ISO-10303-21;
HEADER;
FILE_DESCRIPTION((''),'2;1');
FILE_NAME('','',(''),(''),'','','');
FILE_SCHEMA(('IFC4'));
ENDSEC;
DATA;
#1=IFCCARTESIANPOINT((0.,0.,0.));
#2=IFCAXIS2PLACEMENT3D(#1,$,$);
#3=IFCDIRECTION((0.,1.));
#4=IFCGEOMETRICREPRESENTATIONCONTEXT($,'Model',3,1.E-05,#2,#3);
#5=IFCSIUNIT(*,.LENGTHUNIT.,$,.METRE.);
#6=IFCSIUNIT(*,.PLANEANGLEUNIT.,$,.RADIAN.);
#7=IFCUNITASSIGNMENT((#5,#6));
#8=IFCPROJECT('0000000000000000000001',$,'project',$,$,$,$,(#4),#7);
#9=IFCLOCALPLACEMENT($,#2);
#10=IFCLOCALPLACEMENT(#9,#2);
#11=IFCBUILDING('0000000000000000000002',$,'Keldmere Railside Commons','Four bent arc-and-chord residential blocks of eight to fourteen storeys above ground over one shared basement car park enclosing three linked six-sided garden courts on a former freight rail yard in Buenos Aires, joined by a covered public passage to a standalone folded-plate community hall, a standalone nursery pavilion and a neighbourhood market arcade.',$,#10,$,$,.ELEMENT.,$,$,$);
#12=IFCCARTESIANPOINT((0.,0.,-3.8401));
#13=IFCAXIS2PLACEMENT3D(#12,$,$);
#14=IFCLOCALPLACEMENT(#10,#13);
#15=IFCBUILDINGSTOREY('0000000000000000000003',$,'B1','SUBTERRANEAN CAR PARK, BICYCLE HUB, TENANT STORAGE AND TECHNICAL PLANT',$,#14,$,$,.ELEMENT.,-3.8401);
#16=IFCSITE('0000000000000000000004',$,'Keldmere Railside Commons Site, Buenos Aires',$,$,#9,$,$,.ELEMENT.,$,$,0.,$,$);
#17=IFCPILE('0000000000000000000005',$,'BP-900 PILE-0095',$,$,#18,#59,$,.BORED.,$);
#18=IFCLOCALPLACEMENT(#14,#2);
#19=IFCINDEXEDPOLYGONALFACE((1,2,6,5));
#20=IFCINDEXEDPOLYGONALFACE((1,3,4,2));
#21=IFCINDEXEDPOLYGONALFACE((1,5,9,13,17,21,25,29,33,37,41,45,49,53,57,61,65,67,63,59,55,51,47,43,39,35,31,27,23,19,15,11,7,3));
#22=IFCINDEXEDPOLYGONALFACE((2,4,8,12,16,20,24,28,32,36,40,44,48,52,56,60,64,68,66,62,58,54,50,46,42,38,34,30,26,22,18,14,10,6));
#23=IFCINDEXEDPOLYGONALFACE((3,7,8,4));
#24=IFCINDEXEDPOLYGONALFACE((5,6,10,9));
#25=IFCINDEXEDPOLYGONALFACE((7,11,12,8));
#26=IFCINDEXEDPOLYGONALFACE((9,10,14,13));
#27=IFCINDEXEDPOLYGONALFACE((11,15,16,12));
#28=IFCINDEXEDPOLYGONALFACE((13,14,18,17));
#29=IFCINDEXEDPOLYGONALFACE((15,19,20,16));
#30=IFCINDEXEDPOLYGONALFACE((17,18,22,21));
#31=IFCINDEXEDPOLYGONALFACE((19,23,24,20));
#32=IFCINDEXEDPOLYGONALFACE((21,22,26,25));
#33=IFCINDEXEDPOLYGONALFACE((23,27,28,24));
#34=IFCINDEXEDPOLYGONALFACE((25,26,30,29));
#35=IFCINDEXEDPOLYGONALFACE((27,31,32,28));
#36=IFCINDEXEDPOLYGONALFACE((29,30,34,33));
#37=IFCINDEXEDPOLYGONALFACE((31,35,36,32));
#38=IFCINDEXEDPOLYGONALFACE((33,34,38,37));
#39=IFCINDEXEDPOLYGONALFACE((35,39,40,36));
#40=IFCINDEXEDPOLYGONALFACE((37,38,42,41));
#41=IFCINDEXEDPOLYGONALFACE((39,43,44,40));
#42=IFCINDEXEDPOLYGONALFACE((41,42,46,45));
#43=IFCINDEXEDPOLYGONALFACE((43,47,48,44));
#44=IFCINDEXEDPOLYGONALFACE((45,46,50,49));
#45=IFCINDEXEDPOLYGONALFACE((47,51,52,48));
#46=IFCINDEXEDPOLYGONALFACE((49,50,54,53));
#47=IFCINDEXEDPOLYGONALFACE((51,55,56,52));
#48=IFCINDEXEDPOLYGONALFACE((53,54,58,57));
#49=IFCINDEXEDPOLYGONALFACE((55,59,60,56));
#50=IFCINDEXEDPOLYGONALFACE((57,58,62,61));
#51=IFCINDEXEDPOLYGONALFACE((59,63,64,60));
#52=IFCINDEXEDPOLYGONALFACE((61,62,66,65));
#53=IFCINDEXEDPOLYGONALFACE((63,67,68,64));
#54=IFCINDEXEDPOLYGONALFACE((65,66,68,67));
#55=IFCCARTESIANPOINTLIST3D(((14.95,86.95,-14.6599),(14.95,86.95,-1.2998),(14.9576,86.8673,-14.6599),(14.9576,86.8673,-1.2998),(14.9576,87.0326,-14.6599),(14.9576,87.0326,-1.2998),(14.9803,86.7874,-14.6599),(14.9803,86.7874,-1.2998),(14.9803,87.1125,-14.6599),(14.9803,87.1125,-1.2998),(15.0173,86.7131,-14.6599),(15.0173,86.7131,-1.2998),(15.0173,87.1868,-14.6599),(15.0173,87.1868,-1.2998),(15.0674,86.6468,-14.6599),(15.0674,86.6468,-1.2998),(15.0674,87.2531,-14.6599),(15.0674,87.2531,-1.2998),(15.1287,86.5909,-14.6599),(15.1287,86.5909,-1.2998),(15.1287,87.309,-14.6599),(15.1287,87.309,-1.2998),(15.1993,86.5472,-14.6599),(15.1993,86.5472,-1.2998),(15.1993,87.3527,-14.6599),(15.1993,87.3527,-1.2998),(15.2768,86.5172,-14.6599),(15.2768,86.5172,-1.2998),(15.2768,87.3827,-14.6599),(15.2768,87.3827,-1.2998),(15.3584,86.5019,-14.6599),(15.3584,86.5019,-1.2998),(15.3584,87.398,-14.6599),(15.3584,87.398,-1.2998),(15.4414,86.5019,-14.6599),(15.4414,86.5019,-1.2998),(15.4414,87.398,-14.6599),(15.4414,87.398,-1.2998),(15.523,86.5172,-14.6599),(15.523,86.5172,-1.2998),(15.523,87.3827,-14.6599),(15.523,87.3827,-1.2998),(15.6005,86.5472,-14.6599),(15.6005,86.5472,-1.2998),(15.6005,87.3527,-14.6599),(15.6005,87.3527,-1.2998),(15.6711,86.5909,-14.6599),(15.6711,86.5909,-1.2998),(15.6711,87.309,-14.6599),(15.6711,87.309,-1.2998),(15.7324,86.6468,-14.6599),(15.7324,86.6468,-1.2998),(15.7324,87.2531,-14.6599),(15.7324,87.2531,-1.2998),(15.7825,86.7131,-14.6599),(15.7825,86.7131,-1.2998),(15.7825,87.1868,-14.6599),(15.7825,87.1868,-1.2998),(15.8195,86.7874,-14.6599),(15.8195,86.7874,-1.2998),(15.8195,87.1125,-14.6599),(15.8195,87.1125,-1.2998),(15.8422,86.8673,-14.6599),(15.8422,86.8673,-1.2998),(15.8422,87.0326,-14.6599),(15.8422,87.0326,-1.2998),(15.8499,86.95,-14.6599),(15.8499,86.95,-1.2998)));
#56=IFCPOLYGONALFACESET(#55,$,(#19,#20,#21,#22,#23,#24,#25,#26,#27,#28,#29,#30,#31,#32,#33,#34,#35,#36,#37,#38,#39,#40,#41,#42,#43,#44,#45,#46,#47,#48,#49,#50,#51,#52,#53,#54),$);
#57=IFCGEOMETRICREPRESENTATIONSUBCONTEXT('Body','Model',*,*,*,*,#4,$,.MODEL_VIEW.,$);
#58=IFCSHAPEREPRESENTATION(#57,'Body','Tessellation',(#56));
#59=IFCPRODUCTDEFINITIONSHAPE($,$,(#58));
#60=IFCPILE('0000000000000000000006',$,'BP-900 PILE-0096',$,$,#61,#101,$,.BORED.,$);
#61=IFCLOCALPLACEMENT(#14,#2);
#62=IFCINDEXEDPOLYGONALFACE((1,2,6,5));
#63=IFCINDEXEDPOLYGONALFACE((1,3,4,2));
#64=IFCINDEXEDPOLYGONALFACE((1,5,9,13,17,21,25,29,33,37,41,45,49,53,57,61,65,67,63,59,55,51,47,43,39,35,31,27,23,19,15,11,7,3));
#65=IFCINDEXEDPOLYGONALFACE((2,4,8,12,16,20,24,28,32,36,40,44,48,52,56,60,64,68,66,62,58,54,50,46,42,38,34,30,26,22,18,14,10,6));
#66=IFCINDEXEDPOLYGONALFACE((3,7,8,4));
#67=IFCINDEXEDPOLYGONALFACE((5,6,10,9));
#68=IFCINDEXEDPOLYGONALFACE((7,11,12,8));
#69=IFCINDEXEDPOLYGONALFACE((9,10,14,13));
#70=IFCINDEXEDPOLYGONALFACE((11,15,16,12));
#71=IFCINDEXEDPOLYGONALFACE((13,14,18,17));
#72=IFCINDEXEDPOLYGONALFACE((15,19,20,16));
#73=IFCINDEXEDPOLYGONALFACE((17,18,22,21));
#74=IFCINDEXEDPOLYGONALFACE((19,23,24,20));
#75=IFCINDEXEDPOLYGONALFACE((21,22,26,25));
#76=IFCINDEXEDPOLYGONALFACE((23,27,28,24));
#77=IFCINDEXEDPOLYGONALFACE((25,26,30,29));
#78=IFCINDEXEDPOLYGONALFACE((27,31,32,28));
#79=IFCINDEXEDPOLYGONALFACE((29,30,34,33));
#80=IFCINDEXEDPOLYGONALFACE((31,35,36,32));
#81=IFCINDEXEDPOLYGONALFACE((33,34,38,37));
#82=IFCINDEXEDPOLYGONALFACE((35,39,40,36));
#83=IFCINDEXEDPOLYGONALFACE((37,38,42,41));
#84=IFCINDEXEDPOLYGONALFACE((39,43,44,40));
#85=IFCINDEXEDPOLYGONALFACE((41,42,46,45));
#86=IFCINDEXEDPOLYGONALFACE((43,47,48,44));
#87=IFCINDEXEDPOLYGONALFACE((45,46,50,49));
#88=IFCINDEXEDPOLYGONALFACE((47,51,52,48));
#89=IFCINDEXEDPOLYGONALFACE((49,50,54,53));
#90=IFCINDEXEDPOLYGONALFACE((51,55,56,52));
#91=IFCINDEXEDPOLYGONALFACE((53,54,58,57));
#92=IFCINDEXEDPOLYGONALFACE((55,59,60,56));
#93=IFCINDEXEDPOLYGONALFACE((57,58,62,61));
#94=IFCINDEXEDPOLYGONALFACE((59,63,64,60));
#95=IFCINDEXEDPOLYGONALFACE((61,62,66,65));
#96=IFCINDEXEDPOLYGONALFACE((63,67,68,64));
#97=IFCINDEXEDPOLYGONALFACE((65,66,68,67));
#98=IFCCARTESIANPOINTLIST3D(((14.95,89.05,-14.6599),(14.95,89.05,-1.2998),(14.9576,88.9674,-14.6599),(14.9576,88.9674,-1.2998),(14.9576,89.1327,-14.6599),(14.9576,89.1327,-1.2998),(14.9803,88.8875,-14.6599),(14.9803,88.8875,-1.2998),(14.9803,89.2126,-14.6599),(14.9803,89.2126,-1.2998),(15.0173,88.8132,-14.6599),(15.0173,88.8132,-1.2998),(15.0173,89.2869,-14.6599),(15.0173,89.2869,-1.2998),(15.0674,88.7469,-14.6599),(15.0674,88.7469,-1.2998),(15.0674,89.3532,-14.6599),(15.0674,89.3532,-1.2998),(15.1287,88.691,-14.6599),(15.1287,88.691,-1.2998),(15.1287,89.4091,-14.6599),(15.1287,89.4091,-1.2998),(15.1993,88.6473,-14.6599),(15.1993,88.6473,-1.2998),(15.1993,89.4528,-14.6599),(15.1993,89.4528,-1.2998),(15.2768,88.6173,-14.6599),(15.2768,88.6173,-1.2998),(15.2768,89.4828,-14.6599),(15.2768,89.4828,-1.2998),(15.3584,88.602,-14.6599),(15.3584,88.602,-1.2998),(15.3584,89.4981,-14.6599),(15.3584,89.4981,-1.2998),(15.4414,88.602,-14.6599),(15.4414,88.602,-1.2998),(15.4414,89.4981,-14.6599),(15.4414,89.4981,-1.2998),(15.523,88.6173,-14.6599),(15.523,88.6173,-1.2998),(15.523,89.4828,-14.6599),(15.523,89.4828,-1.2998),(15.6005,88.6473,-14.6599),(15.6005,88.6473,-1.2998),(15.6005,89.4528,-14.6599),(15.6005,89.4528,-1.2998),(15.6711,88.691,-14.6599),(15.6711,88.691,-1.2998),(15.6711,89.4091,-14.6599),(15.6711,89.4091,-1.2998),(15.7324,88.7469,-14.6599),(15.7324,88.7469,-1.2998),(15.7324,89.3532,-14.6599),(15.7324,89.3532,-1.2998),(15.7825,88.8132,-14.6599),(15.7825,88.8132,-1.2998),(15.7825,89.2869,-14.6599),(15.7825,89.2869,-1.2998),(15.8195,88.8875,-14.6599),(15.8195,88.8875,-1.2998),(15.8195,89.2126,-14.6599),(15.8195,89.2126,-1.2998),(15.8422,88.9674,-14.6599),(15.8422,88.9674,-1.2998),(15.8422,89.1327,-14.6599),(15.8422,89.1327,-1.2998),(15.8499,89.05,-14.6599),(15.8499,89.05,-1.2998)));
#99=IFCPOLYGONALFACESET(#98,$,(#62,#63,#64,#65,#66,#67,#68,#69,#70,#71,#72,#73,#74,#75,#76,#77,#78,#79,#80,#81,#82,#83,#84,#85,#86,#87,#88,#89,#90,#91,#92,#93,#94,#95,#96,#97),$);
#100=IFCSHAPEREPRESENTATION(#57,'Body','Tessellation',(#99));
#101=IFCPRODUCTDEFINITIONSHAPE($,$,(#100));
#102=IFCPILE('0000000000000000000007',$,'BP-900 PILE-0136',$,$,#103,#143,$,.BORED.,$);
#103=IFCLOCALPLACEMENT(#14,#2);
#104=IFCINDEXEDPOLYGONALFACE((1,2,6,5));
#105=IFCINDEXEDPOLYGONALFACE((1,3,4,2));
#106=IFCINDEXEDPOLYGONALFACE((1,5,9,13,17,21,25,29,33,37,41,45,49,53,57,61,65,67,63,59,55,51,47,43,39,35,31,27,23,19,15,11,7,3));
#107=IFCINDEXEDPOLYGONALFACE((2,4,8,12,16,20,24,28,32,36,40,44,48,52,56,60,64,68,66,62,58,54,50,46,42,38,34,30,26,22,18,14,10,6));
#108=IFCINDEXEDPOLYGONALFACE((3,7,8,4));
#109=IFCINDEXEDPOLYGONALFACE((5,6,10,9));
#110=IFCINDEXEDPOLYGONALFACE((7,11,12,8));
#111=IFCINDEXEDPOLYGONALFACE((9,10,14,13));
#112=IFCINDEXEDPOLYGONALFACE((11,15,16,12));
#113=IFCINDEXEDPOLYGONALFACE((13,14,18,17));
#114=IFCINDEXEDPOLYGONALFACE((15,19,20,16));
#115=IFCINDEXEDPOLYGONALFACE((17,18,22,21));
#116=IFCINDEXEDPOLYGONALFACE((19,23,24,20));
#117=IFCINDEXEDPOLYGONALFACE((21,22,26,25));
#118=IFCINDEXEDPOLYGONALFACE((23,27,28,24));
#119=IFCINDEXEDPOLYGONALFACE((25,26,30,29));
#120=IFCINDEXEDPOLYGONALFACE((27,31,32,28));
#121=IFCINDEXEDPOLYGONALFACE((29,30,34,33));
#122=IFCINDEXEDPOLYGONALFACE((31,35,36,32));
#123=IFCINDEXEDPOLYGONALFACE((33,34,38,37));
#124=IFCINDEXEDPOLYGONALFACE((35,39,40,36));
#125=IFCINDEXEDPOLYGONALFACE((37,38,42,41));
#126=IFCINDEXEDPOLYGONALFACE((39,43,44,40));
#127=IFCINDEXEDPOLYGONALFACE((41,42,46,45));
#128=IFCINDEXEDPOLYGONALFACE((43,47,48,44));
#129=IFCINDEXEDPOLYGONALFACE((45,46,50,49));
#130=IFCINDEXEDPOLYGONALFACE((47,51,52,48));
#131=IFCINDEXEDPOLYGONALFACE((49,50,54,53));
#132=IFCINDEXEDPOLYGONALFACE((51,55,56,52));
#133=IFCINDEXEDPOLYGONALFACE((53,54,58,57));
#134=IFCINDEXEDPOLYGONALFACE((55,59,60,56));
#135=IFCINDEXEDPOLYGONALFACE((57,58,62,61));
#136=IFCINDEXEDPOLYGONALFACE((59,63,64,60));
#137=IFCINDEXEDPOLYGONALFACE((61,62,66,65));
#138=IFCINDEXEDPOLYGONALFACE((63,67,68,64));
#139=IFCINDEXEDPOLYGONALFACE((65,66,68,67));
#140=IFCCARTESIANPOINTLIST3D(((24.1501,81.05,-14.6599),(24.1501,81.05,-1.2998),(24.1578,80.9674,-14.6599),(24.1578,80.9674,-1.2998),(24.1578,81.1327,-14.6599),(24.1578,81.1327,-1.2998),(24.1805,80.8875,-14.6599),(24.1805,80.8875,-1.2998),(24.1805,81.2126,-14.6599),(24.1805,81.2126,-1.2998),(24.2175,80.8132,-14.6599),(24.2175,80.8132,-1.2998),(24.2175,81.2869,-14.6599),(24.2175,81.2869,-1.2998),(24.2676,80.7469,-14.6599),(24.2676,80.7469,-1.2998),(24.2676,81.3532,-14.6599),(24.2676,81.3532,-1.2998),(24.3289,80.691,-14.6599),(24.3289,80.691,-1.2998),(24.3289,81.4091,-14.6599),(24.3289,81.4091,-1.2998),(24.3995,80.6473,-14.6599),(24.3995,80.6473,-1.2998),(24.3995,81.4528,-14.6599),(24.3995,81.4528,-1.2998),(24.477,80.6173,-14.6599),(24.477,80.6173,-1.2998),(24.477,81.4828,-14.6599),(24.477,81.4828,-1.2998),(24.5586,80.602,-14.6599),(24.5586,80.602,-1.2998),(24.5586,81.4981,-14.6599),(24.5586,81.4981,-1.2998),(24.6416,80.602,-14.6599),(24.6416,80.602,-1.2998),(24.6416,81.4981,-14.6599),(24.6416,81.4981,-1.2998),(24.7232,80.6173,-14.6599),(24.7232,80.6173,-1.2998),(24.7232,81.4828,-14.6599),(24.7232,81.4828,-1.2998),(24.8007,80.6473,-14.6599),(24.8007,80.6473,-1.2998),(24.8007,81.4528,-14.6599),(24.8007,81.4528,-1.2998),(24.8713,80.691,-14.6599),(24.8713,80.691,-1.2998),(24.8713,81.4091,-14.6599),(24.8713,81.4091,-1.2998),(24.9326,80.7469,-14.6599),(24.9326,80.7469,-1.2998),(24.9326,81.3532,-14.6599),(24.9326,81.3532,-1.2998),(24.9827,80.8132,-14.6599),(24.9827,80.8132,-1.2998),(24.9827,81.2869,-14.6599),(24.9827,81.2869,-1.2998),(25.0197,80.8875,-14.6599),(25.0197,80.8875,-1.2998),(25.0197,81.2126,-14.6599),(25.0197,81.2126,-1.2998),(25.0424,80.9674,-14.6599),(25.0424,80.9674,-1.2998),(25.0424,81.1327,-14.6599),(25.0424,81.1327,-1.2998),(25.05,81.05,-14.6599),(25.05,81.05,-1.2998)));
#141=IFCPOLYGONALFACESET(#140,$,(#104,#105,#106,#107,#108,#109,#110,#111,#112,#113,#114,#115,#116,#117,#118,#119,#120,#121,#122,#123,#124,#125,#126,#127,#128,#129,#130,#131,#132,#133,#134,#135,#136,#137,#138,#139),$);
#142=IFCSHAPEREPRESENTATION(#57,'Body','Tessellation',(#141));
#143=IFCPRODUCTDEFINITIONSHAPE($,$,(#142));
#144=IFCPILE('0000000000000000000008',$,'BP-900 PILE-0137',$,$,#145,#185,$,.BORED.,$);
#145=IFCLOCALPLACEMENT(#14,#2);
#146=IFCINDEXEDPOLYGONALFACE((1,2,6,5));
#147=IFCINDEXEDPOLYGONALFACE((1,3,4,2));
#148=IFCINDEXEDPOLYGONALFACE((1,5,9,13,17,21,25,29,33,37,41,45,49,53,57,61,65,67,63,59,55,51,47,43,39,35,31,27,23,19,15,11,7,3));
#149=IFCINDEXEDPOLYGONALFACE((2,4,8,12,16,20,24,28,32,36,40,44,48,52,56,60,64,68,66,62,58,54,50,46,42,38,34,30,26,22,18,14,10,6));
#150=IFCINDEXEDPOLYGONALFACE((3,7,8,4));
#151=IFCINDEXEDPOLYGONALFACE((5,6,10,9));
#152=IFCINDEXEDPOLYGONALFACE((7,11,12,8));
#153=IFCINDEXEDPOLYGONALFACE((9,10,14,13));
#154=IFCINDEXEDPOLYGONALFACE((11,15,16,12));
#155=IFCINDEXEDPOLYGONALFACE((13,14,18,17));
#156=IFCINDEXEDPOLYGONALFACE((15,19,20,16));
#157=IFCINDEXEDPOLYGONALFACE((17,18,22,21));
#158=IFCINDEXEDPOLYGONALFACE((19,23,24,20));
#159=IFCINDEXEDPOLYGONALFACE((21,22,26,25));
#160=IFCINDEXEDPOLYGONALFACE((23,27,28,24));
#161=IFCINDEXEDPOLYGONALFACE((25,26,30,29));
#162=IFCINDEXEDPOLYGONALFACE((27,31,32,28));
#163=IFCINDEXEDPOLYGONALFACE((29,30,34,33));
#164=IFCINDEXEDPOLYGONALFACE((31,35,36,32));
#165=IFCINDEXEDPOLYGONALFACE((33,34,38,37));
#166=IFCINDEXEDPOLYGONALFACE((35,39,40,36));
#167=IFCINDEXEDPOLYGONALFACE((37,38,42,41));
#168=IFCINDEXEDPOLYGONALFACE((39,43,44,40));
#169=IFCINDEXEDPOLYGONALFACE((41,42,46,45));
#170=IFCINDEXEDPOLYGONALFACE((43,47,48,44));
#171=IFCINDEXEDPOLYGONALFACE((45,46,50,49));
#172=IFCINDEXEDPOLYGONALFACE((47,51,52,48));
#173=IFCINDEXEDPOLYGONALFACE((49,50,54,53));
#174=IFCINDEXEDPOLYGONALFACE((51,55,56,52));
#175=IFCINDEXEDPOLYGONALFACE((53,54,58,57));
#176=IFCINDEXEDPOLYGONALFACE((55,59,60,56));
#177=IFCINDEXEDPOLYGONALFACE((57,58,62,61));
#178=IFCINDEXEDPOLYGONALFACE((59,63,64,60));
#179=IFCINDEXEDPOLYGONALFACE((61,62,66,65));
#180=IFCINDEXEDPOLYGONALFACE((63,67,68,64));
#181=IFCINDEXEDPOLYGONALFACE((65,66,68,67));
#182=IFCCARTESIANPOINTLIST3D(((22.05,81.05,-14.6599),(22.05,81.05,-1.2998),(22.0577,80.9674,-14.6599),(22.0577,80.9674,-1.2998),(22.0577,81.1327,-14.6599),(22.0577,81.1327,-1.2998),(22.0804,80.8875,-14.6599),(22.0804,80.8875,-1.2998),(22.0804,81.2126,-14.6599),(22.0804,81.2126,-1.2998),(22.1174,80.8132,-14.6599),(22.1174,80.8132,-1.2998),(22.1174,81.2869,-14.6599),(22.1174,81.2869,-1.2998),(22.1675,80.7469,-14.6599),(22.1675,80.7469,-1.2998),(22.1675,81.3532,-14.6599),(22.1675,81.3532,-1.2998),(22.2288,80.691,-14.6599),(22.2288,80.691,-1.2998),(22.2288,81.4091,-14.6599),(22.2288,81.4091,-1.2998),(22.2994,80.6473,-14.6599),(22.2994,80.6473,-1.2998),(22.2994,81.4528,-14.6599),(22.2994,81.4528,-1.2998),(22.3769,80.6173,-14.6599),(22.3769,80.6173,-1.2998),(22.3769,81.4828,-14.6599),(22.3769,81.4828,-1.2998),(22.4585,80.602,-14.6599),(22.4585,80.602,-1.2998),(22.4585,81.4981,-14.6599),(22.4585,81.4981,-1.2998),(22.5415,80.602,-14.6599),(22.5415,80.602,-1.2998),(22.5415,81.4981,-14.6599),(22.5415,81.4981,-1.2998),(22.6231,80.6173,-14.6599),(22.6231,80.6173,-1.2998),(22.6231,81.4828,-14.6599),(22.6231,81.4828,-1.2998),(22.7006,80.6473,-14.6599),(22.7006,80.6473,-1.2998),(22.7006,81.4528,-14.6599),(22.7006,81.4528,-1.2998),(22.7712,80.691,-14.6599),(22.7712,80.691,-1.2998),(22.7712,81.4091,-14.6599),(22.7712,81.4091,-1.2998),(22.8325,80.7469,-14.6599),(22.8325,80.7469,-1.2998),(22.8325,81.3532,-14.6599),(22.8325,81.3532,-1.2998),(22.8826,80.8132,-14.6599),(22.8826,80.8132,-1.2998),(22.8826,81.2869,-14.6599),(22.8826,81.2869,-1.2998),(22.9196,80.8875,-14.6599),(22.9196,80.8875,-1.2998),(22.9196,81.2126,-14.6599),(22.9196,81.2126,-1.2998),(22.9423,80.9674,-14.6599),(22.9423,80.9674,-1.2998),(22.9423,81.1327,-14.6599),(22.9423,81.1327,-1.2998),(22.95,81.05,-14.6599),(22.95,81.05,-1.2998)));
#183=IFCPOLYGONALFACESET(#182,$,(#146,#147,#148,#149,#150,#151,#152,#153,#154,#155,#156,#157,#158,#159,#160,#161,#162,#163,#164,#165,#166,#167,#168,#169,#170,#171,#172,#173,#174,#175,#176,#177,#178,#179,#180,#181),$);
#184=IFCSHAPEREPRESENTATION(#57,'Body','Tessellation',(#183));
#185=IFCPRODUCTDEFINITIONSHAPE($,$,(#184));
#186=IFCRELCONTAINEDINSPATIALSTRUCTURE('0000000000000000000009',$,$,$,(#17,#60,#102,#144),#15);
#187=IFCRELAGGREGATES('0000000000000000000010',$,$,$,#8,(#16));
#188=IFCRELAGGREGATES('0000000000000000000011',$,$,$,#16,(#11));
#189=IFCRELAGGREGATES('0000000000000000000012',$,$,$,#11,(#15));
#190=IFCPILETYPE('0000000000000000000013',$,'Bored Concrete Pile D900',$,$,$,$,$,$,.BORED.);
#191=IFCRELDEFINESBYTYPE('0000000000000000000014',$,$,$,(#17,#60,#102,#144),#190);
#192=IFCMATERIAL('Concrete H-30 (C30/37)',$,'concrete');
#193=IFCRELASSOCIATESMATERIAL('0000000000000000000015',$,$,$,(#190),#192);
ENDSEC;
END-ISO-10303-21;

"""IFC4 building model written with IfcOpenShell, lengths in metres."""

from ifc_helpers import new_model, si_unit, direction, frame, origin, origin_2d, place, context, subcontext, project, spatial, circle, extrude, material, material_profile, profile_set, type_object, element, save


model = new_model("IFC4")

# Units and contexts
model_context = context("Model", 3, precision=1e-05, world=origin(), true_north=direction((0.0, 1.0)))
body_context = subcontext(model_context, "Body", "Model", "MODEL_VIEW")
ifc_project = project(units=[si_unit("LENGTHUNIT", "METRE"), si_unit("PLANEANGLEUNIT", "RADIAN")], contexts=[model_context])

# Site, building, storey
site_placement = place(None, origin())
site = spatial("IfcSite", under=ifc_project, at=site_placement, Name="Keldmere Railside Commons Site, Buenos Aires", CompositionType="ELEMENT", RefElevation=0.0)
building_placement = place(site_placement, origin())
building = spatial("IfcBuilding", under=site, at=building_placement, Name="Keldmere Railside Commons", Description="Four bent arc-and-chord residential blocks of eight to fourteen storeys above ground over one shared basement car park enclosing three linked six-sided garden courts on a former freight rail yard in Buenos Aires, joined by a covered public passage to a standalone folded-plate community hall, a standalone nursery pavilion and a neighbourhood market arcade.", CompositionType="ELEMENT")
storey_placement = place(building_placement, frame((0.0, 0.0, -3.8401)))
storey = spatial("IfcBuildingStorey", under=building, at=storey_placement, Name="B1", Description="SUBTERRANEAN CAR PARK, BICYCLE HUB, TENANT STORAGE AND TECHNICAL PLANT", CompositionType="ELEMENT", Elevation=-3.8401)

# Piles
ifc_material_1 = material(Name="Concrete H-30 (C30/37)", Category="concrete")
ifc_material_profile_1 = material_profile(ifc_material_1, circle(Radius=0.45, at=origin_2d()), Name="PILE-D900")
ifc_profile_set_1 = profile_set([ifc_material_profile_1], Name="Concrete H-30 (C30/37)")
pile_type = type_object("IfcPileType", Name="Bored Concrete Pile D900", PredefinedType="BORED", material=ifc_profile_set_1)
for number, where, z_axis, x_axis, name in (
    (1, (15.3999, 86.95, -1.2998), (0.0, 0.0, -1.0), (1.0, 0.0, 0.0), "BP-900 PILE-0095"),
    (2, (15.3999, 89.05, -1.2998), (0.0, 0.0, -1.0), (1.0, 0.0, 0.0), "BP-900 PILE-0096"),
    (3, (24.6001, 81.05, -1.2998), (0.0, 0.0, -1.0), (1.0, 0.0, 0.0), "BP-900 PILE-0136"),
    (4, (22.5, 81.05, -1.2998), (0.0, 0.0, -1.0), (1.0, 0.0, 0.0), "BP-900 PILE-0137"),
):
    element("IfcPile", number, at=place(storey_placement, frame(where, z_axis=z_axis, x_axis=x_axis)), inside=storey, type_object=pile_type, Name=name, PredefinedType="BORED", context=body_context, shape_type="SweptSolid", body=[
        extrude(circle(Radius=0.45, at=origin_2d()), origin(), (0.0, 0.0, 1.0), 13.3601),
    ])

save(model, "model.ifc")
